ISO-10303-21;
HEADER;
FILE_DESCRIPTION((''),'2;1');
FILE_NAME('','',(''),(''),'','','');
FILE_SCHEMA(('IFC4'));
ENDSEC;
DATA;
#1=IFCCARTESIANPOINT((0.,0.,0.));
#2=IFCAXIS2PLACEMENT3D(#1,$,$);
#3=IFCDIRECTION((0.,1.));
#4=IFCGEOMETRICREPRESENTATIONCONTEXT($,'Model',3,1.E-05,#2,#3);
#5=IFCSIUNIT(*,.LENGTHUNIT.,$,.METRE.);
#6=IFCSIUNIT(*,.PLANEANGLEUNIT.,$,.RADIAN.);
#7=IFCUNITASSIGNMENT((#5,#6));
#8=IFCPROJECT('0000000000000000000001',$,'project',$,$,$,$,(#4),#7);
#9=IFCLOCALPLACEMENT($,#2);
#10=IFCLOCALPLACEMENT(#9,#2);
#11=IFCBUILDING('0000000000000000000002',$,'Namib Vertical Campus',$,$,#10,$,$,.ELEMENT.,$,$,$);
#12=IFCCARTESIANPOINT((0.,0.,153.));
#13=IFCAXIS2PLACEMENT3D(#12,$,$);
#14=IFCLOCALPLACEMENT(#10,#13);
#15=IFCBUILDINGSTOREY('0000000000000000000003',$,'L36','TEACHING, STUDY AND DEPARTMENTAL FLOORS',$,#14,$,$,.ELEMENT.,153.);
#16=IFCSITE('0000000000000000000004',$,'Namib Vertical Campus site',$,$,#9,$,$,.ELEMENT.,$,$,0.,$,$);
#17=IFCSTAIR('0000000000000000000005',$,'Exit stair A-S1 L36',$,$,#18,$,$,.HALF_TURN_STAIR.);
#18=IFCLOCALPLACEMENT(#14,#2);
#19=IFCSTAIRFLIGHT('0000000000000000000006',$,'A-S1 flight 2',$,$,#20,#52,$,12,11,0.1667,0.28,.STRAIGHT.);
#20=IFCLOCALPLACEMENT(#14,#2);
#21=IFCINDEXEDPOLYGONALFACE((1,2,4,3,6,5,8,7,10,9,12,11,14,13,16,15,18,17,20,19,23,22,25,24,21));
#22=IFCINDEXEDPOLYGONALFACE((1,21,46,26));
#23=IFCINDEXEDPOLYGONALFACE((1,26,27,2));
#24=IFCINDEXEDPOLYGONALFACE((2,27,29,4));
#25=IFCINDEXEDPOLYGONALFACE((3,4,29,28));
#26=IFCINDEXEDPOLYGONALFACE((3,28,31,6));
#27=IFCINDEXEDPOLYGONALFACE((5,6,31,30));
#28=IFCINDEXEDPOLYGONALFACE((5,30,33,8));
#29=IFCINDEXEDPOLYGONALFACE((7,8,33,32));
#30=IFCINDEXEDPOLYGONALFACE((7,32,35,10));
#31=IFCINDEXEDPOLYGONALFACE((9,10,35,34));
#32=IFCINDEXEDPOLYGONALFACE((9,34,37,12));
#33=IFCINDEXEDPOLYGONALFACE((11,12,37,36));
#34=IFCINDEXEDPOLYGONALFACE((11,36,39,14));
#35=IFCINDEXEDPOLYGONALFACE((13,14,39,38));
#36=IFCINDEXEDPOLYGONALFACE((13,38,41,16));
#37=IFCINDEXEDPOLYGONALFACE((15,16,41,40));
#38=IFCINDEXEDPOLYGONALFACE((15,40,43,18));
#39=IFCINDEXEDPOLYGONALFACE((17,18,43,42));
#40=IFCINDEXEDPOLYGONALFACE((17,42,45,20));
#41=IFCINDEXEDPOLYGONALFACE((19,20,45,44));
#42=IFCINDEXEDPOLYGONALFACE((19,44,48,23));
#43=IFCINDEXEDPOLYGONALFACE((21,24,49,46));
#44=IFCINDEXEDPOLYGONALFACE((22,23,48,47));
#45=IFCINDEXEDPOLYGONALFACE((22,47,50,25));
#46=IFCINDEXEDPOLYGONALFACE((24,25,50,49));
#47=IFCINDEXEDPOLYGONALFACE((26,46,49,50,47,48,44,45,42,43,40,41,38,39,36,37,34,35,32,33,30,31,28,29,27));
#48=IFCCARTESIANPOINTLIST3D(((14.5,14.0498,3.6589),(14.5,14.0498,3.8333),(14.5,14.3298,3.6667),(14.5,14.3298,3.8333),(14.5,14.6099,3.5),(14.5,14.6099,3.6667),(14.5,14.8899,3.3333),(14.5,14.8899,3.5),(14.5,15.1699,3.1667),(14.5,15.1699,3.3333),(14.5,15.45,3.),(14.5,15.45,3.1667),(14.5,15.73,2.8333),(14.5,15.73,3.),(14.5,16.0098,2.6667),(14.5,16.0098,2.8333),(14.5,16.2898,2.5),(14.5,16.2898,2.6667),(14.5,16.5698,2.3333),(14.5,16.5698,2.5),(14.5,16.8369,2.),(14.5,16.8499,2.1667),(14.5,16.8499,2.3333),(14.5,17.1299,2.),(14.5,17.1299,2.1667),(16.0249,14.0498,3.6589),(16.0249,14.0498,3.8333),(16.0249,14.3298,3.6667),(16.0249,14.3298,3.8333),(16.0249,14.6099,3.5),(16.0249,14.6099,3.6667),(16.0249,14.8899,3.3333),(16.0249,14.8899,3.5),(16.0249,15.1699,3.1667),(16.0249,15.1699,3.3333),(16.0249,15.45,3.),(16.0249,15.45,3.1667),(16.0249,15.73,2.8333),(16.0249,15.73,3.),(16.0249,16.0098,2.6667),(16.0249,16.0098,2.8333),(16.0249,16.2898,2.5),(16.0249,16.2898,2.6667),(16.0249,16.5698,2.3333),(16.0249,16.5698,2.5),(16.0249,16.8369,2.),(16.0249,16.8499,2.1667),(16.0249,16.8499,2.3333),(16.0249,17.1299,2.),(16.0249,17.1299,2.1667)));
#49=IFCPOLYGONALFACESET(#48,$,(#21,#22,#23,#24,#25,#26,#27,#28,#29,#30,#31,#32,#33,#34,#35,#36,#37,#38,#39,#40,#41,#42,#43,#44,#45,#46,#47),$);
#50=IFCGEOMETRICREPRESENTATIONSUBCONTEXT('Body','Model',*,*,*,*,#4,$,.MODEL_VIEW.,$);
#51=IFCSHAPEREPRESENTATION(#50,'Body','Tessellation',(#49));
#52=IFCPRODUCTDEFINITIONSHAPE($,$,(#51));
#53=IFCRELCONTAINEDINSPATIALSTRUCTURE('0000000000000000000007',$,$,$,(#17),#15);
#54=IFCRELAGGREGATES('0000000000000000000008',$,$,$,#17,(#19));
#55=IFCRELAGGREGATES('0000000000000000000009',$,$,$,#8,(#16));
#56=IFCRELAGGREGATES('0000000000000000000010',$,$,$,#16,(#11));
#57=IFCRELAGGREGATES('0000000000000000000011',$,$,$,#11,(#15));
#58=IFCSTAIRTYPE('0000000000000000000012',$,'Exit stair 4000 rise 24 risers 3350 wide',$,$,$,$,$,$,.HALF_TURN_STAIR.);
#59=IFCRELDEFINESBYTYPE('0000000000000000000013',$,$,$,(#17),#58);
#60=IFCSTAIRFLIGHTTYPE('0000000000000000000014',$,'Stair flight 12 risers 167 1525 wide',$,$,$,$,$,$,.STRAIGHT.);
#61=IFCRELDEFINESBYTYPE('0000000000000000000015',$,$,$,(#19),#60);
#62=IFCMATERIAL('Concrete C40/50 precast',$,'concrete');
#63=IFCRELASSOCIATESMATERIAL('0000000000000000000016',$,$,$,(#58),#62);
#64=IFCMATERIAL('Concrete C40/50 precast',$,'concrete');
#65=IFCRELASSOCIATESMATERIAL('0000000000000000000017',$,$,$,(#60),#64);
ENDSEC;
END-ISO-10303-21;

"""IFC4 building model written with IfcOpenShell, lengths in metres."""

from ifc_helpers import new_model, si_unit, direction, frame, origin, place, context, subcontext, project, spatial, polyline, outline, extrude, material, type_object, element, aggregate, save


model = new_model("IFC4")

# Units and contexts
model_context = context("Model", 3, precision=1e-05, world=origin(), true_north=direction((0.0, 1.0)))
body_context = subcontext(model_context, "Body", "Model", "MODEL_VIEW")
ifc_project = project(units=[si_unit("LENGTHUNIT", "METRE"), si_unit("PLANEANGLEUNIT", "RADIAN")], contexts=[model_context])

# Site, building, storey
site_placement = place(None, origin())
site = spatial("IfcSite", under=ifc_project, at=site_placement, Name="Namib Vertical Campus site", CompositionType="ELEMENT", RefElevation=0.0)
building_placement = place(site_placement, origin())
building = spatial("IfcBuilding", under=site, at=building_placement, Name="Namib Vertical Campus", CompositionType="ELEMENT")
storey_placement = place(building_placement, frame((0.0, 0.0, 153.0)))
storey = spatial("IfcBuildingStorey", under=building, at=storey_placement, Name="L36", Description="TEACHING, STUDY AND DEPARTMENTAL FLOORS", CompositionType="ELEMENT", Elevation=153.0)

# Stair, stair flight
ifc_material_1 = material(Name="Concrete C40/50 precast", Category="concrete")
stair_type = type_object("IfcStairType", Name="Exit stair 4000 rise 24 risers 3350 wide", PredefinedType="HALF_TURN_STAIR", material=ifc_material_1)
stair_placement = place(storey_placement, origin())
stair = element("IfcStair", 1, at=stair_placement, inside=storey, type_object=stair_type, Name="Exit stair A-S1 L36", PredefinedType="HALF_TURN_STAIR")
ifc_material_2 = material(Name="Concrete C40/50 precast", Category="concrete")
stair_flight_type = type_object("IfcStairFlightType", Name="Stair flight 12 risers 167 1525 wide", PredefinedType="STRAIGHT", material=ifc_material_2)
stair_flight_1_placement = place(storey_placement, frame((15.2625, 17.1299, 2.0), z_axis=(0.0, 0.0, 1.0), x_axis=(0.0, -1.0, 0.0)))
stair_flight_1 = element("IfcStairFlight", 2, at=stair_flight_1_placement, type_object=stair_flight_type, Name="A-S1 flight 2", NumberOfRisers=12, NumberOfTreads=11, PredefinedType="STRAIGHT", RiserHeight=0.1667, TreadLength=0.28, context=body_context, shape_type="SweptSolid", body=[
    extrude(outline(polyline([(0.0, 0.0), (0.0, 0.1667), (0.28, 0.1667), (0.28, 0.3333), (0.5601, 0.3333), (0.5601, 0.5), (0.8401, 0.5), (0.8401, 0.6667), (1.1201, 0.6667), (1.1201, 0.8333), (1.3999, 0.8333), (1.3999, 1.0), (1.6799, 1.0), (1.6799, 1.1667), (1.96, 1.1667), (1.96, 1.3333), (2.24, 1.3333), (2.24, 1.5), (2.52, 1.5), (2.52, 1.6667), (2.8, 1.6667), (2.8, 1.8333), (3.0801, 1.8333), (3.0801, 2.0), (3.0801, 1.6589), (0.293, 0.0), (0.0, 0.0)])), frame((0.0, 0.7625, 0.0), z_axis=(0.0, -1.0, 0.0), x_axis=(1.0, 0.0, 0.0)), (0.0, 0.0, 1.0), 1.5249),
])
aggregate(stair, [stair_flight_1])

save(model, "model.ifc")
